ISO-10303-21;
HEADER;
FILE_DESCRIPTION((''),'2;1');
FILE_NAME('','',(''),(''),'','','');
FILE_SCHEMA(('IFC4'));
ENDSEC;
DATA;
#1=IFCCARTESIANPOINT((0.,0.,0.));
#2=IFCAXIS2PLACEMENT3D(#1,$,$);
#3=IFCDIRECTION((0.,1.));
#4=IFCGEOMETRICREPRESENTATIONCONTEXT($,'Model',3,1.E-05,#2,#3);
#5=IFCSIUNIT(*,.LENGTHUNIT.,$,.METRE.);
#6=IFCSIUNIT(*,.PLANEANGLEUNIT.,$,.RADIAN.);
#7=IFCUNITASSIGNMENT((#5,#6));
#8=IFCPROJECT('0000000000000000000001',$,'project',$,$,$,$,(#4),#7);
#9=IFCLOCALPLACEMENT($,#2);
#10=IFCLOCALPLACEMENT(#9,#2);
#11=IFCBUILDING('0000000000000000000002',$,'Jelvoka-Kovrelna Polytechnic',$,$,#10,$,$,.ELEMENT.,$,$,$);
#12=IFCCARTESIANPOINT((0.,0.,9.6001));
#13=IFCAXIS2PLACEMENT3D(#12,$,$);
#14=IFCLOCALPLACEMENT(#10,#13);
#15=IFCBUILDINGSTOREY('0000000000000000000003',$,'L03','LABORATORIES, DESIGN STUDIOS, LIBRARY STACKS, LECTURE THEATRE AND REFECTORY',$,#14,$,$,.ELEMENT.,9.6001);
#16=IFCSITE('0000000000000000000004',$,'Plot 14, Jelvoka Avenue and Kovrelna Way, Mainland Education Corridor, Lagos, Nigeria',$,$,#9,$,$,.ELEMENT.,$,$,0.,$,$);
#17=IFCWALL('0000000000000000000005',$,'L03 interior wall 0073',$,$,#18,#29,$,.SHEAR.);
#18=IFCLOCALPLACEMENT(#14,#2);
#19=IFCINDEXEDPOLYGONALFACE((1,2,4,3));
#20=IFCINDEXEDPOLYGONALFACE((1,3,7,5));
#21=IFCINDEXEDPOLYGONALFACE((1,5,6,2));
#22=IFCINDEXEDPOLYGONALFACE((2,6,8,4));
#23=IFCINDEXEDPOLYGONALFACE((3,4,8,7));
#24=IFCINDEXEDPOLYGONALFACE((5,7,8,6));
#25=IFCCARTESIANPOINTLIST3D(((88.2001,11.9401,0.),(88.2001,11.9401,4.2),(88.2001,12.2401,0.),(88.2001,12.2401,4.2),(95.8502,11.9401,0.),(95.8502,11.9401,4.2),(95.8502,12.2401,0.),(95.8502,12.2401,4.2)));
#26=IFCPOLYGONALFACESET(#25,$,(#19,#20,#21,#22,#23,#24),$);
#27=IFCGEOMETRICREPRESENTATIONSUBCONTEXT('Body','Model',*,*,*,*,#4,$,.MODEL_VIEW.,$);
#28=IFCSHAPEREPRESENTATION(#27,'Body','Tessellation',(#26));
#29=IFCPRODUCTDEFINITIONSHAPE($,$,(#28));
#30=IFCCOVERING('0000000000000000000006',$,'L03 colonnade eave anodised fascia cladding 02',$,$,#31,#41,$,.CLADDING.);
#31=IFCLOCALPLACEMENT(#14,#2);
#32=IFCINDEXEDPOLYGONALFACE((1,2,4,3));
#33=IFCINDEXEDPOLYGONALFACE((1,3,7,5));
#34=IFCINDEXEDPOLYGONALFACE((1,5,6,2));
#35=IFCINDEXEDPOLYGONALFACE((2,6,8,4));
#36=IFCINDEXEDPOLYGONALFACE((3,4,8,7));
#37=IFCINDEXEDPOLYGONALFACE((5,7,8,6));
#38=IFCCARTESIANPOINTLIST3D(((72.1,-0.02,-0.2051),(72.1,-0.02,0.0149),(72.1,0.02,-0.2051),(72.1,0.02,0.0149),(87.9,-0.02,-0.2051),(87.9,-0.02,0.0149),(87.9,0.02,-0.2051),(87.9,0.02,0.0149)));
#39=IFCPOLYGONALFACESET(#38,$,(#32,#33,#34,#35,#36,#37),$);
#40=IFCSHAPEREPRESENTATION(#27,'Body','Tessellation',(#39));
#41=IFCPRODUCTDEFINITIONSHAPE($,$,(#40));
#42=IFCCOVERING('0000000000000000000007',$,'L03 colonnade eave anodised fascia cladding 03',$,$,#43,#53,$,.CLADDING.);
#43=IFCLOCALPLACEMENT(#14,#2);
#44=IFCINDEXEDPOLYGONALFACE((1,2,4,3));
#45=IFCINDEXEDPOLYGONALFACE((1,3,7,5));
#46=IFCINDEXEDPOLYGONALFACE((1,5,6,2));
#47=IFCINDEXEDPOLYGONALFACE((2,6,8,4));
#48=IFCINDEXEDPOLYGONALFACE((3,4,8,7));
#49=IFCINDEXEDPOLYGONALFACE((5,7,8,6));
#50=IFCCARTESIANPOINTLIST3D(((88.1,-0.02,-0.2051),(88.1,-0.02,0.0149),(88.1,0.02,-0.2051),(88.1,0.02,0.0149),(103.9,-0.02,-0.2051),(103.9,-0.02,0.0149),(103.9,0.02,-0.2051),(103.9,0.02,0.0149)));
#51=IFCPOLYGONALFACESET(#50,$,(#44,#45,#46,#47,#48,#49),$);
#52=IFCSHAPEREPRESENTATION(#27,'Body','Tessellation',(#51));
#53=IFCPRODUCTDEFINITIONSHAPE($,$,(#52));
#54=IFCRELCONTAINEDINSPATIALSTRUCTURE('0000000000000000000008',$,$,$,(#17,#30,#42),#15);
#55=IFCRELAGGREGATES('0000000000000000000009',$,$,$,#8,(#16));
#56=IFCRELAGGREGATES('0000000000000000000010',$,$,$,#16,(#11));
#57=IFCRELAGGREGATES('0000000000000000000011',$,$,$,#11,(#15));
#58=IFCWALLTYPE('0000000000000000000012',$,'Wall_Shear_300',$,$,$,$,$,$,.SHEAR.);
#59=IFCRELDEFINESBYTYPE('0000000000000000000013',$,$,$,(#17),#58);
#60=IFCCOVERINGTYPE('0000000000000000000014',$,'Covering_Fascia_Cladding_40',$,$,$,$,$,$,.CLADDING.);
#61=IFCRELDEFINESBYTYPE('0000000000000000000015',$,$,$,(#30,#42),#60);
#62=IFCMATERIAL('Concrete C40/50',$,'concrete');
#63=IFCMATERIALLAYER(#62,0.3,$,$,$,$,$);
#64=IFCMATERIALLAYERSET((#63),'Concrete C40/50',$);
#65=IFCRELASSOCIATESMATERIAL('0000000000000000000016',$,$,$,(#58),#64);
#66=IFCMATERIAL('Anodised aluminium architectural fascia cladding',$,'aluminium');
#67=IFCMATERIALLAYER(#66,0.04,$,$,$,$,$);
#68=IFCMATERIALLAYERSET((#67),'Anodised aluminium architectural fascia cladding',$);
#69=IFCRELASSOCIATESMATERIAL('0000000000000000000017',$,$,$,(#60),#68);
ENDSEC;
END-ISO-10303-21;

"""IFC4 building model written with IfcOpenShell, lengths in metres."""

from ifc_helpers import new_model, si_unit, direction, frame, frame_2d, origin, origin_2d, place, context, subcontext, project, spatial, rectangle, extrude, material, layer, layer_set, type_object, element, save


model = new_model("IFC4")

# Units and contexts
model_context = context("Model", 3, precision=1e-05, world=origin(), true_north=direction((0.0, 1.0)))
body_context = subcontext(model_context, "Body", "Model", "MODEL_VIEW")
ifc_project = project(units=[si_unit("LENGTHUNIT", "METRE"), si_unit("PLANEANGLEUNIT", "RADIAN")], contexts=[model_context])

# Site, building, storey
site_placement = place(None, origin())
site = spatial("IfcSite", under=ifc_project, at=site_placement, Name="Plot 14, Jelvoka Avenue and Kovrelna Way, Mainland Education Corridor, Lagos, Nigeria", CompositionType="ELEMENT", RefElevation=0.0)
building_placement = place(site_placement, origin())
building = spatial("IfcBuilding", under=site, at=building_placement, Name="Jelvoka-Kovrelna Polytechnic", CompositionType="ELEMENT")
storey_placement = place(building_placement, frame((0.0, 0.0, 9.6001)))
storey = spatial("IfcBuildingStorey", under=building, at=storey_placement, Name="L03", Description="LABORATORIES, DESIGN STUDIOS, LIBRARY STACKS, LECTURE THEATRE AND REFECTORY", CompositionType="ELEMENT", Elevation=9.6001)

# Wall
ifc_material_1 = material(Name="Concrete C40/50", Category="concrete")
ifc_layer_1 = layer(ifc_material_1, 0.3)
ifc_layer_set_1 = layer_set([ifc_layer_1], Name="Concrete C40/50")
wall_type_1 = type_object("IfcWallType", Name="Wall_Shear_300", PredefinedType="SHEAR", material=ifc_layer_set_1)
wall_1_placement = place(storey_placement, frame((88.2, 12.0901, 0.0), z_axis=(0.0, 0.0, 1.0), x_axis=(1.0, 0.0, 0.0)))
element("IfcWall", 1, at=wall_1_placement, inside=storey, type_object=wall_type_1, Name="L03 interior wall 0073", PredefinedType="SHEAR", context=body_context, shape_type="SweptSolid", body=[
    extrude(rectangle(XDim=7.6501, YDim=0.3, at=frame_2d((3.8252, 0.0))), origin(), (0.0, 0.0, 1.0), 4.2),
])

# Coverings
ifc_material_2 = material(Name="Anodised aluminium architectural fascia cladding", Category="aluminium")
ifc_layer_2 = layer(ifc_material_2, 0.04)
ifc_layer_set_2 = layer_set([ifc_layer_2], Name="Anodised aluminium architectural fascia cladding")
covering_type = type_object("IfcCoveringType", Name="Covering_Fascia_Cladding_40", PredefinedType="CLADDING", material=ifc_layer_set_2)
for number, where, z_axis, x_axis, name in (
    (2, (80.0, 0.0, -0.2051), (0.0, 0.0, 1.0), (1.0, 0.0, 0.0), "L03 colonnade eave anodised fascia cladding 02"),
    (3, (96.0, 0.0, -0.2051), (0.0, 0.0, 1.0), (1.0, 0.0, 0.0), "L03 colonnade eave anodised fascia cladding 03"),
):
    element("IfcCovering", number, at=place(storey_placement, frame(where, z_axis=z_axis, x_axis=x_axis)), inside=storey, type_object=covering_type, Name=name, PredefinedType="CLADDING", context=body_context, shape_type="SweptSolid", body=[
        extrude(rectangle(XDim=15.8, YDim=0.04, at=origin_2d()), origin(), (0.0, 0.0, 1.0), 0.22),
    ])

save(model, "model.ifc")
